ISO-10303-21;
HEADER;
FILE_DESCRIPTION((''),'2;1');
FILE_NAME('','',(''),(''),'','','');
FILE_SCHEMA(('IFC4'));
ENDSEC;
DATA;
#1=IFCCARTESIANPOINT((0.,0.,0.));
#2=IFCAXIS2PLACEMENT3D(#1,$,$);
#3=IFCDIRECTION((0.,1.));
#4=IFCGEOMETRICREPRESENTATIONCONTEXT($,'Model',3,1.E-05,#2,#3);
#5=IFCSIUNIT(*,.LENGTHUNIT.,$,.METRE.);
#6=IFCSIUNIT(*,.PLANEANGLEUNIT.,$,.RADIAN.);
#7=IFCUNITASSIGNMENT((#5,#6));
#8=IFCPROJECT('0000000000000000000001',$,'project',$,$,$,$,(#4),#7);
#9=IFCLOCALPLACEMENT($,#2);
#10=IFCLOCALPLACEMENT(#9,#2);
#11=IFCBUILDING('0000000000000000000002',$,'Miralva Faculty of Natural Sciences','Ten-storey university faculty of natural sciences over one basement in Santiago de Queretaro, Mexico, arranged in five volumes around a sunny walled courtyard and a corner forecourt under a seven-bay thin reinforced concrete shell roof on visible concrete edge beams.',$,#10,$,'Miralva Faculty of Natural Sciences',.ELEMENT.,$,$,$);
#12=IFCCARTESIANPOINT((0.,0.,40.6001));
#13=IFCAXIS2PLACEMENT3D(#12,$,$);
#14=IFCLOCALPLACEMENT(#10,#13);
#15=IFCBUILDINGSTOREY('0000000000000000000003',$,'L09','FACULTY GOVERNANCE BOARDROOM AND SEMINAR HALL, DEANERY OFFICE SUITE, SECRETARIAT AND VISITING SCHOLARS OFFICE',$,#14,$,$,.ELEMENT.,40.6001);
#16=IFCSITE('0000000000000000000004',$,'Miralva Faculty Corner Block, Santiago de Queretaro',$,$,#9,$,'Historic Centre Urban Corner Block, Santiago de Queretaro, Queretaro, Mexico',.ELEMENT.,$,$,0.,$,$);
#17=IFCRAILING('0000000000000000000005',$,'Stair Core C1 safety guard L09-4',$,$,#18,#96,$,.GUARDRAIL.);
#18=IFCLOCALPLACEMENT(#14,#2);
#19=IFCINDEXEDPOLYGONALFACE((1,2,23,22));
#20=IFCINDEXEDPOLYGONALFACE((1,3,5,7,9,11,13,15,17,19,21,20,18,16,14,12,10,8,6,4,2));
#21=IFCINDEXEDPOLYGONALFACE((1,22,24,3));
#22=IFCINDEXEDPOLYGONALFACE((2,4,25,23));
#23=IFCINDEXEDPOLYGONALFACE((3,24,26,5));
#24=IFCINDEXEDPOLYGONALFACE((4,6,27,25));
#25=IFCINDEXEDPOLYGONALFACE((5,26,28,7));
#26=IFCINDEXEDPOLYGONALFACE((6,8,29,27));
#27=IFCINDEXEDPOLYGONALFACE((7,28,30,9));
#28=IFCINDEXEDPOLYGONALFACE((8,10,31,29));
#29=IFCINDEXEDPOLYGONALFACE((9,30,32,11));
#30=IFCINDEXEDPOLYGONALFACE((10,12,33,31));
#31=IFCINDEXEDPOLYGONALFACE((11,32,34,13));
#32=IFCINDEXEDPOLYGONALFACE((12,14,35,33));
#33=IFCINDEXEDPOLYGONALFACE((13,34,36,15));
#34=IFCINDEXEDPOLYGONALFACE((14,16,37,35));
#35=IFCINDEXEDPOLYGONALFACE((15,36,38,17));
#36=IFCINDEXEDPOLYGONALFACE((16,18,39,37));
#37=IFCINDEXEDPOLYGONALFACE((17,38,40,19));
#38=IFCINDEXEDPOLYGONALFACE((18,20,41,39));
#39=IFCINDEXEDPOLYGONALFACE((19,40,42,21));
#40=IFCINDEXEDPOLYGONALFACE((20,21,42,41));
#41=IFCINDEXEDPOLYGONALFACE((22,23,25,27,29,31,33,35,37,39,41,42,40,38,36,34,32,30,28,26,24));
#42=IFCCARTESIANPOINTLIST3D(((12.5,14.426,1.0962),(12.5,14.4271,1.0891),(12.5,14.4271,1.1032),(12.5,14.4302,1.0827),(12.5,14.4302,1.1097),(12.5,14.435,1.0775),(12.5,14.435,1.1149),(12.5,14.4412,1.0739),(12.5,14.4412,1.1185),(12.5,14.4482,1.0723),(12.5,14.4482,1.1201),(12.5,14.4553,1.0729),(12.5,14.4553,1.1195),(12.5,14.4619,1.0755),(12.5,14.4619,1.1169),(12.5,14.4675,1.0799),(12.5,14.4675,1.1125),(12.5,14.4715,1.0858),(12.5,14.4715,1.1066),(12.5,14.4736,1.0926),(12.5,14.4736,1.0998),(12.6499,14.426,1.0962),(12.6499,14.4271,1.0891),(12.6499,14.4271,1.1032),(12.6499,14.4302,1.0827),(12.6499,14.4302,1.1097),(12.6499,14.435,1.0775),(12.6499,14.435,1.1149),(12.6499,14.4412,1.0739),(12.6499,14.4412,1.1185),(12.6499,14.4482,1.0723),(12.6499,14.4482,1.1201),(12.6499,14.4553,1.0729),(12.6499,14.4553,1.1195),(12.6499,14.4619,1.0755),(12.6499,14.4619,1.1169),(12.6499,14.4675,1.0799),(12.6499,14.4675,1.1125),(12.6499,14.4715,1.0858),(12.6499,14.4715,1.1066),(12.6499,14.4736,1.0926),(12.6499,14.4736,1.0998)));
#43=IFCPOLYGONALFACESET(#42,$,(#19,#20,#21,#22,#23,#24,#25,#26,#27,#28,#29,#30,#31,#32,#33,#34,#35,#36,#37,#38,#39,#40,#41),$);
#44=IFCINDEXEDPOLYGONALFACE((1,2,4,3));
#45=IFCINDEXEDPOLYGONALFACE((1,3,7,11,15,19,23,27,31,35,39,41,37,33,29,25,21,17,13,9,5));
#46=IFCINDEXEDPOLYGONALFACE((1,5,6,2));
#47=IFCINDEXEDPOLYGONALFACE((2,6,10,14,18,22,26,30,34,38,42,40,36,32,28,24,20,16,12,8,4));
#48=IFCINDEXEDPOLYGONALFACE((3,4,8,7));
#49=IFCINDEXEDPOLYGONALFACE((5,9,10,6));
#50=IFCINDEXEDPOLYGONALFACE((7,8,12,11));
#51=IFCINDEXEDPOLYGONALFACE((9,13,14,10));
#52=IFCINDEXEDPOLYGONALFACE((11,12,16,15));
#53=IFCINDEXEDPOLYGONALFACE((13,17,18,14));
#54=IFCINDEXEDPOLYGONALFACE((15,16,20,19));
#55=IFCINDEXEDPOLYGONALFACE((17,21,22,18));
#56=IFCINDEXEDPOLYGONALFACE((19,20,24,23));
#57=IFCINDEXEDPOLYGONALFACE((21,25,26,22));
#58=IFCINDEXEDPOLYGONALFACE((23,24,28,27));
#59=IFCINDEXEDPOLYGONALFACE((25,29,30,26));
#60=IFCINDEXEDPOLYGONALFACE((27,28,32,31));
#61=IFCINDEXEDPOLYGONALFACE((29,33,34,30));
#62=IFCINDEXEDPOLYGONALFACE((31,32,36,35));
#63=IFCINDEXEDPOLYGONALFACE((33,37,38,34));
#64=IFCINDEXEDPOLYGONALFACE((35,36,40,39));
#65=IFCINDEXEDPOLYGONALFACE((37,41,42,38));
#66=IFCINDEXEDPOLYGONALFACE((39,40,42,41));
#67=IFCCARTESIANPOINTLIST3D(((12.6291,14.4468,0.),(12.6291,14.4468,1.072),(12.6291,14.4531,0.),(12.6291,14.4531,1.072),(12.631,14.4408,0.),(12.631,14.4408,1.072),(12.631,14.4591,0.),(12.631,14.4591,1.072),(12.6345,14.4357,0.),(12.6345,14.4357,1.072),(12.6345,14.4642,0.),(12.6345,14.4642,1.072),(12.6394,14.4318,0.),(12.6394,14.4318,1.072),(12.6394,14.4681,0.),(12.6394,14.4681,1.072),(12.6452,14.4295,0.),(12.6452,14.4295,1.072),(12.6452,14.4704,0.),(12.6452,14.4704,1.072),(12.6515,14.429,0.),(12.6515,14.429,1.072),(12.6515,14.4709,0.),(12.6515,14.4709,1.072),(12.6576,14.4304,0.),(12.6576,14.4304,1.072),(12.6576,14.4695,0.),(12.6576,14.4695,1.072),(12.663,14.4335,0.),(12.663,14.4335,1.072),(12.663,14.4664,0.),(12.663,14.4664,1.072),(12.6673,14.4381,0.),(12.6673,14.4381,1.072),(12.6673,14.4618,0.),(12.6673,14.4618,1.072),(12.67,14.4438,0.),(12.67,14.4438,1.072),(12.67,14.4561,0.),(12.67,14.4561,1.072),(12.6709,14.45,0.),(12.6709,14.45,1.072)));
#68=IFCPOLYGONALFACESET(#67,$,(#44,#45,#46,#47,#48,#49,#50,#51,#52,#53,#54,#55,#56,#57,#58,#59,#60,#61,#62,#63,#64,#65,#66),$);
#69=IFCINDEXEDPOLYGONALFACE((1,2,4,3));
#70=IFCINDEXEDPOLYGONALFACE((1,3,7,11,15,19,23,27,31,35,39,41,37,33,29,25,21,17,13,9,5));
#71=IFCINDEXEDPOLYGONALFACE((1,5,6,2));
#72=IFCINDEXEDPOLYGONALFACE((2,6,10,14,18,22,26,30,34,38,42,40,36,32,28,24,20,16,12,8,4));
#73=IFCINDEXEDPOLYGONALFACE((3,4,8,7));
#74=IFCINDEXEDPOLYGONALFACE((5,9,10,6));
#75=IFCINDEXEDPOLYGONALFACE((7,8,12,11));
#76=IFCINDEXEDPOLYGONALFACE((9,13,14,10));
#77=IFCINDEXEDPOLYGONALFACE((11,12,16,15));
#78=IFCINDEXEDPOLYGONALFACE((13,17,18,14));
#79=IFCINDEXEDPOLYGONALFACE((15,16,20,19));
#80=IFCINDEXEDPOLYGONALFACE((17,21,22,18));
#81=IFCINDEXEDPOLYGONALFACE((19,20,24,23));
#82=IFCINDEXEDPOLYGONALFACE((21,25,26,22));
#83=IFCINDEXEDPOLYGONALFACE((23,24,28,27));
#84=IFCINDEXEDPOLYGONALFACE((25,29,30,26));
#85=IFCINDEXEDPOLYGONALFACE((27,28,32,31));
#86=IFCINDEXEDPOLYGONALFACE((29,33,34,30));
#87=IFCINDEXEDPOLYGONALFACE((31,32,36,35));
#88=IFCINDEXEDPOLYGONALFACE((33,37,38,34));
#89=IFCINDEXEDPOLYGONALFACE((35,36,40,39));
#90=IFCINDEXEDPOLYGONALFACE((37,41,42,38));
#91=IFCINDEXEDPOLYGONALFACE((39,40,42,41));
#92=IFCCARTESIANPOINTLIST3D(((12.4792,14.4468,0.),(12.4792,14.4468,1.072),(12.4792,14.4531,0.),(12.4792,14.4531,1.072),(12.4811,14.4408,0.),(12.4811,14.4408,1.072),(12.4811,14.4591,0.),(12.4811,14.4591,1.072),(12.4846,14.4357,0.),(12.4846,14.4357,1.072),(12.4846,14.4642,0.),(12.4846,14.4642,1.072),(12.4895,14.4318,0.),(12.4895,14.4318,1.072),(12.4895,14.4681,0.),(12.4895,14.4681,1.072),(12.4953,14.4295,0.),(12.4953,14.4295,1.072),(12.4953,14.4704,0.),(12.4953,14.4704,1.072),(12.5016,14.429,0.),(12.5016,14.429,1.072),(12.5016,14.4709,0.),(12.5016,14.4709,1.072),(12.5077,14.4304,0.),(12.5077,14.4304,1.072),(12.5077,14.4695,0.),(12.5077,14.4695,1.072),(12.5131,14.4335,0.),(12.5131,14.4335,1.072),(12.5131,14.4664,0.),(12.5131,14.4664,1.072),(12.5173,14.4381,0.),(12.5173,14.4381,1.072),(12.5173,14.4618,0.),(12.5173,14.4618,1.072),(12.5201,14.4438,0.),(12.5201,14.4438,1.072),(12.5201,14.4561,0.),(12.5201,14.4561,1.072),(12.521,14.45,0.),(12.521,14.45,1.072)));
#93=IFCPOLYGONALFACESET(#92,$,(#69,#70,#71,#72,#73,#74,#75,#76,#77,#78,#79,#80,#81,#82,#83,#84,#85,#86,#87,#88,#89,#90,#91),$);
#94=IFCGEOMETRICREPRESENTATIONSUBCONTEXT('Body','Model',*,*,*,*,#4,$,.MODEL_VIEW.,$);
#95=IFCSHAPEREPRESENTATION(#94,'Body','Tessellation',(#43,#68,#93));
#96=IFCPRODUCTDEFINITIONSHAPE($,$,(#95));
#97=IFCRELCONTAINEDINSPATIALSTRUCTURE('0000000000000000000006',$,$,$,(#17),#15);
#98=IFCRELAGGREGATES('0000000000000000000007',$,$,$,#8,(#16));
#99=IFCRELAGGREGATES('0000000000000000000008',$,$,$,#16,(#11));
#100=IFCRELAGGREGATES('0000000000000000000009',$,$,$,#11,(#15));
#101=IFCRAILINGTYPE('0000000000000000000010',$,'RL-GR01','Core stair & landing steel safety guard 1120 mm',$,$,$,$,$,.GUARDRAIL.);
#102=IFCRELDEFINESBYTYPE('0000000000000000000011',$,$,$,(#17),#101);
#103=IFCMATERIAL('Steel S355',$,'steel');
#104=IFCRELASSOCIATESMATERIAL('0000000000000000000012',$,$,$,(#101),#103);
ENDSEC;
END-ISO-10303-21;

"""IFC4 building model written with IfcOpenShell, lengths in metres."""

from ifc_helpers import new_model, si_unit, direction, frame, origin, origin_2d, place, context, subcontext, project, spatial, circle, extrude, material, type_object, element, save


model = new_model("IFC4")

# Units and contexts
model_context = context("Model", 3, precision=1e-05, world=origin(), true_north=direction((0.0, 1.0)))
body_context = subcontext(model_context, "Body", "Model", "MODEL_VIEW")
ifc_project = project(units=[si_unit("LENGTHUNIT", "METRE"), si_unit("PLANEANGLEUNIT", "RADIAN")], contexts=[model_context])

# Site, building, storey
site_placement = place(None, origin())
site = spatial("IfcSite", under=ifc_project, at=site_placement, Name="Miralva Faculty Corner Block, Santiago de Queretaro", LongName="Historic Centre Urban Corner Block, Santiago de Queretaro, Queretaro, Mexico", CompositionType="ELEMENT", RefElevation=0.0)
building_placement = place(site_placement, origin())
building = spatial("IfcBuilding", under=site, at=building_placement, Name="Miralva Faculty of Natural Sciences", Description="Ten-storey university faculty of natural sciences over one basement in Santiago de Queretaro, Mexico, arranged in five volumes around a sunny walled courtyard and a corner forecourt under a seven-bay thin reinforced concrete shell roof on visible concrete edge beams.", LongName="Miralva Faculty of Natural Sciences", CompositionType="ELEMENT")
storey_placement = place(building_placement, frame((0.0, 0.0, 40.6001)))
storey = spatial("IfcBuildingStorey", under=building, at=storey_placement, Name="L09", Description="FACULTY GOVERNANCE BOARDROOM AND SEMINAR HALL, DEANERY OFFICE SUITE, SECRETARIAT AND VISITING SCHOLARS OFFICE", CompositionType="ELEMENT", Elevation=40.6001)

# Railing
ifc_material_1 = material(Name="Steel S355", Category="steel")
railing_type_1 = type_object("IfcRailingType", Name="RL-GR01", Description="Core stair & landing steel safety guard 1120 mm", PredefinedType="GUARDRAIL", material=ifc_material_1)
railing_1_placement = place(storey_placement, frame((12.6499, 14.45, 0.0)))
element("IfcRailing", 1, at=railing_1_placement, inside=storey, type_object=railing_type_1, Name="Stair Core C1 safety guard L09-4", PredefinedType="GUARDRAIL", context=body_context, shape_type="SweptSolid", body=[
    extrude(circle(Radius=0.0239, at=origin_2d()), frame((0.0, 0.0, 1.0962), z_axis=(-1.0, 0.0, 0.0), x_axis=(0.0, -1.0, 0.0)), (0.0, 0.0, 1.0), 0.1499),
    extrude(circle(Radius=0.021, at=origin_2d()), origin(), (0.0, 0.0, 1.0), 1.072),
    extrude(circle(Radius=0.021, at=origin_2d()), frame((-0.1499, 0.0, 0.0)), (0.0, 0.0, 1.0), 1.072),
])

save(model, "model.ifc")
